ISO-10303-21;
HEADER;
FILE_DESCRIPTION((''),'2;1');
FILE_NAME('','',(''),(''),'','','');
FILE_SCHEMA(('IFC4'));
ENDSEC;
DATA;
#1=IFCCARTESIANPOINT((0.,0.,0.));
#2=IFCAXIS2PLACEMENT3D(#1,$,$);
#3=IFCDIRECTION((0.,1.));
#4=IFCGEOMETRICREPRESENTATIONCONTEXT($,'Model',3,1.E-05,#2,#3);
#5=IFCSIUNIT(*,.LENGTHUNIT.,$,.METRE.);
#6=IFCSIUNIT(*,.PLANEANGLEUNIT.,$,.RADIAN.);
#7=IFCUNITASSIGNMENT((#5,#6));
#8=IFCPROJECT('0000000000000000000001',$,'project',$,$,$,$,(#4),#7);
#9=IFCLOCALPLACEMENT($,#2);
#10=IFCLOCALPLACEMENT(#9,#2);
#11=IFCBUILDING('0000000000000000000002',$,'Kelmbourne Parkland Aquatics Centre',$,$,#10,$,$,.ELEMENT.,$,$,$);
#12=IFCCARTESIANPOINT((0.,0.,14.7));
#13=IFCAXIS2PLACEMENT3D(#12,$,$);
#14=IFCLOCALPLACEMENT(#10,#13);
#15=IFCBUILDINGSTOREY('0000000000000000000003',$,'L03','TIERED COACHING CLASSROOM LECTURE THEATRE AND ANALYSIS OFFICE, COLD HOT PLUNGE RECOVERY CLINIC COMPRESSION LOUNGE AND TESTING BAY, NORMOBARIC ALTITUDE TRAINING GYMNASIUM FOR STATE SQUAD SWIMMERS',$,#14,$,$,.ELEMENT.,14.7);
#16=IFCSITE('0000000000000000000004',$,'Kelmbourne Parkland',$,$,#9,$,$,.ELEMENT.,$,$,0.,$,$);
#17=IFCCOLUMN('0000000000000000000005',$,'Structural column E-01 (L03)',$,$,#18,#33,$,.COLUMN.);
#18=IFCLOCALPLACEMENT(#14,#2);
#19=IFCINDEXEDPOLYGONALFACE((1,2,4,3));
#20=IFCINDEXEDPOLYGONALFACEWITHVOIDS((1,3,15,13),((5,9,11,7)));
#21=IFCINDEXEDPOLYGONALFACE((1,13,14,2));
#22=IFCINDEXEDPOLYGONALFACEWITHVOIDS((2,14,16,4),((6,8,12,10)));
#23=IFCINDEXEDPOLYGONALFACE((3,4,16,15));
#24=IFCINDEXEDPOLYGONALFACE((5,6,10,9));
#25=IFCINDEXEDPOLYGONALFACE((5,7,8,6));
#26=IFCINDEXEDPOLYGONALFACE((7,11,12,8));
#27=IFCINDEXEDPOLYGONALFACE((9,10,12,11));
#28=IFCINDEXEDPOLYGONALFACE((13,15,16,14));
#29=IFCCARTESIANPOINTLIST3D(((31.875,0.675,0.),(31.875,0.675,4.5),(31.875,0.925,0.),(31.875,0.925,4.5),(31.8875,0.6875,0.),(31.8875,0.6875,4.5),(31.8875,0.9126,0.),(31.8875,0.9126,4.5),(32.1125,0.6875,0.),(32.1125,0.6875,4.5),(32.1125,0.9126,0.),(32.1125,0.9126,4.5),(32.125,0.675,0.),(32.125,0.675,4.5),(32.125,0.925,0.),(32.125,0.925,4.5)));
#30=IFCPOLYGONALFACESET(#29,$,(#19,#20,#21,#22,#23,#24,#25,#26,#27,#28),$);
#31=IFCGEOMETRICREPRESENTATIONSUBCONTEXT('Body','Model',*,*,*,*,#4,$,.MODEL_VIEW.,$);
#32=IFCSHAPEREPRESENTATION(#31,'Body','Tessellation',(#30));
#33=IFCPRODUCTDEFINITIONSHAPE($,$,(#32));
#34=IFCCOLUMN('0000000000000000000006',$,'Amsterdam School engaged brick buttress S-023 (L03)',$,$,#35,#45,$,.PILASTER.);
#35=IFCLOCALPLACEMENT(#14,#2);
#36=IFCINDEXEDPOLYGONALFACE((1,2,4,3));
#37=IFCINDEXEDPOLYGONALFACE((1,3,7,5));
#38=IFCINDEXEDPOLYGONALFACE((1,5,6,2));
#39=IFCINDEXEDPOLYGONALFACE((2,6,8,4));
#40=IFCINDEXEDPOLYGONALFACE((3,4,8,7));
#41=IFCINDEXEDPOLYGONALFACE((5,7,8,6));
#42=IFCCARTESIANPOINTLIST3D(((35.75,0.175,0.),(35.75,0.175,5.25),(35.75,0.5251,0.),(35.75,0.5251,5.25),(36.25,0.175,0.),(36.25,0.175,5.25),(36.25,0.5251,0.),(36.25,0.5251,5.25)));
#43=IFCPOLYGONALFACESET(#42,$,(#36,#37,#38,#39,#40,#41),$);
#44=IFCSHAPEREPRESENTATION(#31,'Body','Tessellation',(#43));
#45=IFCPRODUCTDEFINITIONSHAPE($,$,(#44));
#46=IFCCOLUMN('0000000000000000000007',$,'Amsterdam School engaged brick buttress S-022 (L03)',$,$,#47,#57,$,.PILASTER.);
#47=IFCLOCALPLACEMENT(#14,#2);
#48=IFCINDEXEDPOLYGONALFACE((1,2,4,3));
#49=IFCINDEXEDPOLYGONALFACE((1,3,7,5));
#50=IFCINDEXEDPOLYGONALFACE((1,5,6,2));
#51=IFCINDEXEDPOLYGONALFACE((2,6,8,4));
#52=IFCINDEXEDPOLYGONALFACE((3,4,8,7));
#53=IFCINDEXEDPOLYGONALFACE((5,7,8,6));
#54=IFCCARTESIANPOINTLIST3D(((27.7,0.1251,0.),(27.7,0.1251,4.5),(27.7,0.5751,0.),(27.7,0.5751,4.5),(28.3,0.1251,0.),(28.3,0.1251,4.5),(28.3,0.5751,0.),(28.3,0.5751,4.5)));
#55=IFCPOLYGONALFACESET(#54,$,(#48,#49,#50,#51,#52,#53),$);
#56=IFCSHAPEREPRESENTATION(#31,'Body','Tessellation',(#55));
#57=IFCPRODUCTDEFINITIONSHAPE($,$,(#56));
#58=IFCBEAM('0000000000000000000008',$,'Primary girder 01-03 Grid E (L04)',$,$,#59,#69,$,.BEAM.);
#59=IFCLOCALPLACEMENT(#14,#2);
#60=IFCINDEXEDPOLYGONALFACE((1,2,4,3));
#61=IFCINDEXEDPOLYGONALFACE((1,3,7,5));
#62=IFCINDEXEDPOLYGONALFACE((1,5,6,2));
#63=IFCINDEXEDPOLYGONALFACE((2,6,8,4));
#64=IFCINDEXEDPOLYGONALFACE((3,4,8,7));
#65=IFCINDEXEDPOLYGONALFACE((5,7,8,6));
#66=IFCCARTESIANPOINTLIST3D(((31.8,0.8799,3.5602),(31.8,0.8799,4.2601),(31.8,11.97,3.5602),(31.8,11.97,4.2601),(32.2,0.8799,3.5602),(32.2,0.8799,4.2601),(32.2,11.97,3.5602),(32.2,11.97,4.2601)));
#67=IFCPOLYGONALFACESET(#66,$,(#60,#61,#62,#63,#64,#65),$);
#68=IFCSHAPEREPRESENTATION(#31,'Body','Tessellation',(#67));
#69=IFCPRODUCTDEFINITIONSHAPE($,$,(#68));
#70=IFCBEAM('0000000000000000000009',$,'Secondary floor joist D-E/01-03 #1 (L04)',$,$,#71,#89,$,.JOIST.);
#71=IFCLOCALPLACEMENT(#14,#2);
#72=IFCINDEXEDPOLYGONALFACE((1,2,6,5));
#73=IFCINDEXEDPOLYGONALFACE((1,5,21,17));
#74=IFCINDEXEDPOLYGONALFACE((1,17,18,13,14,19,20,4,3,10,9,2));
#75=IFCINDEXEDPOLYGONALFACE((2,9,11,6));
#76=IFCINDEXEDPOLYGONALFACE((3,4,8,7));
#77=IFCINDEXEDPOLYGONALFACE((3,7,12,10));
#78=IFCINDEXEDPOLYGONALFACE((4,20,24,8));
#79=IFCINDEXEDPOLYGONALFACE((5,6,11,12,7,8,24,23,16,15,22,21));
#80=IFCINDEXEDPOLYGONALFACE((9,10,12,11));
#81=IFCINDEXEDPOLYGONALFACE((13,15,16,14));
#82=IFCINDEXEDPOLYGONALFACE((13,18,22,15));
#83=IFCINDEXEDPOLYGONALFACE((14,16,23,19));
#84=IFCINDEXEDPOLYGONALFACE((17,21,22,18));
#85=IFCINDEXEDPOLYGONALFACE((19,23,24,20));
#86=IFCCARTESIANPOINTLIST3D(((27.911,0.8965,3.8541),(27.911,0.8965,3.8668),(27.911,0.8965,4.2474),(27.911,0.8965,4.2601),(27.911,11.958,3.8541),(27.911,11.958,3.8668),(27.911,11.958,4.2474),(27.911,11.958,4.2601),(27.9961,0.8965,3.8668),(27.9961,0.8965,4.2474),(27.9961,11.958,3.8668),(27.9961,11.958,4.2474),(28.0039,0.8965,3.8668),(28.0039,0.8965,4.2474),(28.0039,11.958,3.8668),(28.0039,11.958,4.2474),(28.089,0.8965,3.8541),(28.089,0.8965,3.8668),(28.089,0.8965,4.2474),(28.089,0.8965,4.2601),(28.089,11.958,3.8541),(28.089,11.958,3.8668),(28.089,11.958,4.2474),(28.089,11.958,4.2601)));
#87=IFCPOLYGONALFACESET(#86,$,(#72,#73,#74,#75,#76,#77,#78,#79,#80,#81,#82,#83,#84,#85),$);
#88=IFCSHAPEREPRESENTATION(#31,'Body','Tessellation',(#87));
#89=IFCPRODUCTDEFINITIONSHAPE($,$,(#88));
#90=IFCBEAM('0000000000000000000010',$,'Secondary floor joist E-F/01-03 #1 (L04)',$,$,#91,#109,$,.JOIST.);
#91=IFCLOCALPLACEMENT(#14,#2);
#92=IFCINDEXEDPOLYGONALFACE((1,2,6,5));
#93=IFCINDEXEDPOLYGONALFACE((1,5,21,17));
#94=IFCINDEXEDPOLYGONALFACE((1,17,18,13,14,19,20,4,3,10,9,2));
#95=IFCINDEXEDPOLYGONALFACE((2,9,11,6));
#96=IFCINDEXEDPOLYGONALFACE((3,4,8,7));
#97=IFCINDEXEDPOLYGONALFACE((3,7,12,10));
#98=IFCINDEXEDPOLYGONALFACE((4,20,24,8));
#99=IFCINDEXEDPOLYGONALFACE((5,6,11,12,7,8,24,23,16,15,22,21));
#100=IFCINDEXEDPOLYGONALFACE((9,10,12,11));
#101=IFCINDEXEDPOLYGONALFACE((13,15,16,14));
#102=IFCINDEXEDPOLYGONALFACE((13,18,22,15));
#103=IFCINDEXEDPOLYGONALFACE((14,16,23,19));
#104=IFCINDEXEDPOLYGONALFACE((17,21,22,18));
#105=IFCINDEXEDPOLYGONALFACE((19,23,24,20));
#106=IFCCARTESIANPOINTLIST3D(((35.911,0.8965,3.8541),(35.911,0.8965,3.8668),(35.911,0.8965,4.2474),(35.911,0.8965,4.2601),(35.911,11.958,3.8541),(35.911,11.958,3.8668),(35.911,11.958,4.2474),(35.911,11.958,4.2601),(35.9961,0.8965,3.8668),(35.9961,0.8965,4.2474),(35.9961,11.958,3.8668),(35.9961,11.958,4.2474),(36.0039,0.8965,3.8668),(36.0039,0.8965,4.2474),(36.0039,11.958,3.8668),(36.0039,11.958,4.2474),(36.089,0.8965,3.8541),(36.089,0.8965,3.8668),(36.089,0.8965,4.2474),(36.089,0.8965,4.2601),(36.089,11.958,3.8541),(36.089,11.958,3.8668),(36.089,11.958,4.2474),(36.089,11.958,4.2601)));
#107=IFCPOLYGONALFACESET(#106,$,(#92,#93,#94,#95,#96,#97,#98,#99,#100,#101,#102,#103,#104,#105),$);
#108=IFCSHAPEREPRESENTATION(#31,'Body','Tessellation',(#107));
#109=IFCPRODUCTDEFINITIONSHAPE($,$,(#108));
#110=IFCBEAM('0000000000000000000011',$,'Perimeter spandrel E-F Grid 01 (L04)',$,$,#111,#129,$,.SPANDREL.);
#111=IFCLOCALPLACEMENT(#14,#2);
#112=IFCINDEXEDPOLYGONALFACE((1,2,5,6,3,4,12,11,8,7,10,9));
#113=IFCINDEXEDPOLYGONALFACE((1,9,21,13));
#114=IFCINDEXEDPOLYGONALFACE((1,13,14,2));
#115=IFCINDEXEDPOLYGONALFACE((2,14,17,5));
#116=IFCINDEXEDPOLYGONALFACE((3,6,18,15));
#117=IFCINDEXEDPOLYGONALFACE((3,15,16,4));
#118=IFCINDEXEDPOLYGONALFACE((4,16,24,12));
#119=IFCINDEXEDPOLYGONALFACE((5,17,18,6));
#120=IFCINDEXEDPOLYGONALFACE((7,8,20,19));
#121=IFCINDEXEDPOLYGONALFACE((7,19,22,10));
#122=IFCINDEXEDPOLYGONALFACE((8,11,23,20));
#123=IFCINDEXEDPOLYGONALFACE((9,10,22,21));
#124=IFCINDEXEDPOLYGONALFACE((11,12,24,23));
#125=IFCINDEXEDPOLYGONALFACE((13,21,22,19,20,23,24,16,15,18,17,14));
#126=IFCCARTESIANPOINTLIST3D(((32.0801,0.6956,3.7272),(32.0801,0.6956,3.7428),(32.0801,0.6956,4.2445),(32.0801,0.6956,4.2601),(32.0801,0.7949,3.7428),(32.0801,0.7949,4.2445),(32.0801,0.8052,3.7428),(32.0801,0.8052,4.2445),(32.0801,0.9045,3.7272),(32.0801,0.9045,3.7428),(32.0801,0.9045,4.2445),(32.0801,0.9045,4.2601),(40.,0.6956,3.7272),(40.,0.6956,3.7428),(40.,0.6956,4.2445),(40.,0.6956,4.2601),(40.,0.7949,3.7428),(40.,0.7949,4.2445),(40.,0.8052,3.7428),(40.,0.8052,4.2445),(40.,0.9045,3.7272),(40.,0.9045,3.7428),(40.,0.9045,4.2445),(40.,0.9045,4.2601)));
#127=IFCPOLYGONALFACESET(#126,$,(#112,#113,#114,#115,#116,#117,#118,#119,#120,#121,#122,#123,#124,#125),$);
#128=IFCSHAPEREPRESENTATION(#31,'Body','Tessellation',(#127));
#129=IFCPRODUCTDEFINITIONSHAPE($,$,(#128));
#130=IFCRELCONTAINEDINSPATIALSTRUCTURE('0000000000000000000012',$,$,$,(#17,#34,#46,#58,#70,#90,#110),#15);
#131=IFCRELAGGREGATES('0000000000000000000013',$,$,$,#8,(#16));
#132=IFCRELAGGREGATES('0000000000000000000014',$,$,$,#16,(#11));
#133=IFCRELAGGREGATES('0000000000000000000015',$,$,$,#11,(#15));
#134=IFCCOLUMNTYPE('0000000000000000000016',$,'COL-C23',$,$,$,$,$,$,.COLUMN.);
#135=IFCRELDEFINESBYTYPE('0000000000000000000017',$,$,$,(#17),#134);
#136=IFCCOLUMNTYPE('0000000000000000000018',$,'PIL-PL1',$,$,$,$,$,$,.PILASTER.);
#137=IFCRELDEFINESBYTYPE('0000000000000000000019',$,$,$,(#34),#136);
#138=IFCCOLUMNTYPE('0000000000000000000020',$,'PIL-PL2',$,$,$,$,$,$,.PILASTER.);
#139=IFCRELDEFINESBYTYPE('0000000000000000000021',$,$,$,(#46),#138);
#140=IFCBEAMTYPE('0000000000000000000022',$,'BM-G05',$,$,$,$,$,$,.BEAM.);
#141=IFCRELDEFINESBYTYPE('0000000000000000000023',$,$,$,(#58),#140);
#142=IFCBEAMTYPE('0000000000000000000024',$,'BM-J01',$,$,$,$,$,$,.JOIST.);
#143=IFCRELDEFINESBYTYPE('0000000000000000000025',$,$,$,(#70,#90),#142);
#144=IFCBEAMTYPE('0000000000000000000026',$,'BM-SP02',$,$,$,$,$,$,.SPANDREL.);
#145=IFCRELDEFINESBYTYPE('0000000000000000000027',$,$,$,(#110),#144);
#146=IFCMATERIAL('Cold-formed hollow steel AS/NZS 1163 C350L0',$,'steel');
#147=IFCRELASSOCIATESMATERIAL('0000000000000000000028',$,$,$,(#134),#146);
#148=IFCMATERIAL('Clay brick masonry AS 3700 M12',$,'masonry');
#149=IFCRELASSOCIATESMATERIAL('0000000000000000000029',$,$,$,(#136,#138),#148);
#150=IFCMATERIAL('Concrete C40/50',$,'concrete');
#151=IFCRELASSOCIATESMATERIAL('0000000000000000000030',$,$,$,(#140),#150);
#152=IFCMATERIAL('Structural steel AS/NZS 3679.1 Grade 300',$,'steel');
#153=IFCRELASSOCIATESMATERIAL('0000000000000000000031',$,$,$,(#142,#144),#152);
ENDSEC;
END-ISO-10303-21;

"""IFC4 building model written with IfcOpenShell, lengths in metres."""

from ifc_helpers import new_model, si_unit, direction, frame, origin, origin_2d, place, context, subcontext, project, spatial, rectangle, hollow_rectangle, i_section, extrude, material, material_profile, profile_set, type_object, element, save


model = new_model("IFC4")

# Units and contexts
model_context = context("Model", 3, precision=1e-05, world=origin(), true_north=direction((0.0, 1.0)))
body_context = subcontext(model_context, "Body", "Model", "MODEL_VIEW")
ifc_project = project(units=[si_unit("LENGTHUNIT", "METRE"), si_unit("PLANEANGLEUNIT", "RADIAN")], contexts=[model_context])

# Site, building, storey
site_placement = place(None, origin())
site = spatial("IfcSite", under=ifc_project, at=site_placement, Name="Kelmbourne Parkland", CompositionType="ELEMENT", RefElevation=0.0)
building_placement = place(site_placement, origin())
building = spatial("IfcBuilding", under=site, at=building_placement, Name="Kelmbourne Parkland Aquatics Centre", CompositionType="ELEMENT")
storey_placement = place(building_placement, frame((0.0, 0.0, 14.7)))
storey = spatial("IfcBuildingStorey", under=building, at=storey_placement, Name="L03", Description="TIERED COACHING CLASSROOM LECTURE THEATRE AND ANALYSIS OFFICE, COLD HOT PLUNGE RECOVERY CLINIC COMPRESSION LOUNGE AND TESTING BAY, NORMOBARIC ALTITUDE TRAINING GYMNASIUM FOR STATE SQUAD SWIMMERS", CompositionType="ELEMENT", Elevation=14.7)

# Columns
ifc_material_1 = material(Name="Cold-formed hollow steel AS/NZS 1163 C350L0", Category="steel")
ifc_material_profile_1 = material_profile(ifc_material_1, hollow_rectangle(XDim=0.25, YDim=0.25, WallThickness=0.0125, at=origin_2d()), Name="SHS 250x250x12.5")
ifc_profile_set_1 = profile_set([ifc_material_profile_1], Name="Cold-formed hollow steel AS/NZS 1163 C350L0")
column_type_1 = type_object("IfcColumnType", Name="COL-C23", PredefinedType="COLUMN", material=ifc_profile_set_1)
column_1_placement = place(storey_placement, frame((32.0, 0.8, 0.0), z_axis=(0.0, 0.0, 1.0), x_axis=(1.0, 0.0, 0.0)))
element("IfcColumn", 1, at=column_1_placement, inside=storey, type_object=column_type_1, Name="Structural column E-01 (L03)", PredefinedType="COLUMN", context=body_context, shape_type="SweptSolid", body=[
    extrude(hollow_rectangle(XDim=0.25, YDim=0.25, WallThickness=0.0125, at=origin_2d()), origin(), (0.0, 0.0, 1.0), 4.5),
])
ifc_material_2 = material(Name="Clay brick masonry AS 3700 M12", Category="masonry")
ifc_material_profile_2 = material_profile(ifc_material_2, rectangle(XDim=0.3501, YDim=0.5, at=origin_2d()), Name="PIL 350x500")
ifc_profile_set_2 = profile_set([ifc_material_profile_2], Name="Clay brick masonry AS 3700 M12")
column_type_2 = type_object("IfcColumnType", Name="PIL-PL1", PredefinedType="PILASTER", material=ifc_profile_set_2)
column_2_placement = place(storey_placement, frame((36.0, 0.3501, 0.0), z_axis=(0.0, 0.0, 1.0), x_axis=(0.0, 1.0, 0.0)))
element("IfcColumn", 2, at=column_2_placement, inside=storey, type_object=column_type_2, Name="Amsterdam School engaged brick buttress S-023 (L03)", PredefinedType="PILASTER", context=body_context, shape_type="SweptSolid", body=[
    extrude(rectangle(XDim=0.3501, YDim=0.5, at=origin_2d()), origin(), (0.0, 0.0, 1.0), 5.25),
])
ifc_material_profile_3 = material_profile(ifc_material_2, rectangle(XDim=0.45, YDim=0.6001, at=origin_2d()), Name="PIL 450x600")
ifc_profile_set_3 = profile_set([ifc_material_profile_3], Name="Clay brick masonry AS 3700 M12")
column_type_3 = type_object("IfcColumnType", Name="PIL-PL2", PredefinedType="PILASTER", material=ifc_profile_set_3)
column_3_placement = place(storey_placement, frame((28.0, 0.3501, 0.0), z_axis=(0.0, 0.0, 1.0), x_axis=(0.0, 1.0, 0.0)))
element("IfcColumn", 3, at=column_3_placement, inside=storey, type_object=column_type_3, Name="Amsterdam School engaged brick buttress S-022 (L03)", PredefinedType="PILASTER", context=body_context, shape_type="SweptSolid", body=[
    extrude(rectangle(XDim=0.45, YDim=0.6001, at=origin_2d()), origin(), (0.0, 0.0, 1.0), 4.5),
])

# Beams
ifc_material_3 = material(Name="Concrete C40/50", Category="concrete")
ifc_material_profile_4 = material_profile(ifc_material_3, rectangle(XDim=0.3999, YDim=0.7, at=origin_2d()), Name="RC 400x700")
ifc_profile_set_4 = profile_set([ifc_material_profile_4], Name="Concrete C40/50")
beam_type_1 = type_object("IfcBeamType", Name="BM-G05", PredefinedType="BEAM", material=ifc_profile_set_4)
beam_1_placement = place(storey_placement, frame((32.0, 0.8799, 3.9102), z_axis=(0.0, 1.0, 0.0), x_axis=(-1.0, 0.0, 0.0)))
element("IfcBeam", 4, at=beam_1_placement, inside=storey, type_object=beam_type_1, Name="Primary girder 01-03 Grid E (L04)", PredefinedType="BEAM", context=body_context, shape_type="SweptSolid", body=[
    extrude(rectangle(XDim=0.3999, YDim=0.7, at=origin_2d()), origin(), (0.0, 0.0, 1.0), 11.0901),
])
ifc_material_4 = material(Name="Structural steel AS/NZS 3679.1 Grade 300", Category="steel")
ifc_material_profile_5 = material_profile(ifc_material_4, i_section(OverallWidth=0.178, OverallDepth=0.406, WebThickness=0.0078, FlangeThickness=0.0127, at=origin_2d()), Name="410UB59.7")
ifc_profile_set_5 = profile_set([ifc_material_profile_5], Name="Structural steel AS/NZS 3679.1 Grade 300")
beam_type_2 = type_object("IfcBeamType", Name="BM-J01", PredefinedType="JOIST", material=ifc_profile_set_5)
for number, where, z_axis, x_axis, name in (
    (5, (28.0, 0.8965, 4.0571), (0.0, 1.0, 0.0), (-1.0, 0.0, 0.0), "Secondary floor joist D-E/01-03 #1 (L04)"),
    (6, (36.0, 0.8965, 4.0571), (0.0, 1.0, 0.0), (-1.0, 0.0, 0.0), "Secondary floor joist E-F/01-03 #1 (L04)"),
):
    element("IfcBeam", number, at=place(storey_placement, frame(where, z_axis=z_axis, x_axis=x_axis)), inside=storey, type_object=beam_type_2, Name=name, PredefinedType="JOIST", context=body_context, shape_type="SweptSolid", body=[
        extrude(i_section(OverallWidth=0.178, OverallDepth=0.406, WebThickness=0.0078, FlangeThickness=0.0127, at=origin_2d()), origin(), (0.0, 0.0, 1.0), 11.0615),
    ])
ifc_material_profile_6 = material_profile(ifc_material_4, i_section(OverallWidth=0.209, OverallDepth=0.533, WebThickness=0.0103, FlangeThickness=0.0156, at=origin_2d()), Name="530UB92.4")
ifc_profile_set_6 = profile_set([ifc_material_profile_6], Name="Structural steel AS/NZS 3679.1 Grade 300")
beam_type_3 = type_object("IfcBeamType", Name="BM-SP02", PredefinedType="SPANDREL", material=ifc_profile_set_6)
beam_2_placement = place(storey_placement, frame((32.0801, 0.8, 3.9937), z_axis=(1.0, 0.0, 0.0), x_axis=(0.0, 1.0, 0.0)))
element("IfcBeam", 7, at=beam_2_placement, inside=storey, type_object=beam_type_3, Name="Perimeter spandrel E-F Grid 01 (L04)", PredefinedType="SPANDREL", context=body_context, shape_type="SweptSolid", body=[
    extrude(i_section(OverallWidth=0.209, OverallDepth=0.533, WebThickness=0.0103, FlangeThickness=0.0156, at=origin_2d()), origin(), (0.0, 0.0, 1.0), 7.9199),
])

save(model, "model.ifc")
